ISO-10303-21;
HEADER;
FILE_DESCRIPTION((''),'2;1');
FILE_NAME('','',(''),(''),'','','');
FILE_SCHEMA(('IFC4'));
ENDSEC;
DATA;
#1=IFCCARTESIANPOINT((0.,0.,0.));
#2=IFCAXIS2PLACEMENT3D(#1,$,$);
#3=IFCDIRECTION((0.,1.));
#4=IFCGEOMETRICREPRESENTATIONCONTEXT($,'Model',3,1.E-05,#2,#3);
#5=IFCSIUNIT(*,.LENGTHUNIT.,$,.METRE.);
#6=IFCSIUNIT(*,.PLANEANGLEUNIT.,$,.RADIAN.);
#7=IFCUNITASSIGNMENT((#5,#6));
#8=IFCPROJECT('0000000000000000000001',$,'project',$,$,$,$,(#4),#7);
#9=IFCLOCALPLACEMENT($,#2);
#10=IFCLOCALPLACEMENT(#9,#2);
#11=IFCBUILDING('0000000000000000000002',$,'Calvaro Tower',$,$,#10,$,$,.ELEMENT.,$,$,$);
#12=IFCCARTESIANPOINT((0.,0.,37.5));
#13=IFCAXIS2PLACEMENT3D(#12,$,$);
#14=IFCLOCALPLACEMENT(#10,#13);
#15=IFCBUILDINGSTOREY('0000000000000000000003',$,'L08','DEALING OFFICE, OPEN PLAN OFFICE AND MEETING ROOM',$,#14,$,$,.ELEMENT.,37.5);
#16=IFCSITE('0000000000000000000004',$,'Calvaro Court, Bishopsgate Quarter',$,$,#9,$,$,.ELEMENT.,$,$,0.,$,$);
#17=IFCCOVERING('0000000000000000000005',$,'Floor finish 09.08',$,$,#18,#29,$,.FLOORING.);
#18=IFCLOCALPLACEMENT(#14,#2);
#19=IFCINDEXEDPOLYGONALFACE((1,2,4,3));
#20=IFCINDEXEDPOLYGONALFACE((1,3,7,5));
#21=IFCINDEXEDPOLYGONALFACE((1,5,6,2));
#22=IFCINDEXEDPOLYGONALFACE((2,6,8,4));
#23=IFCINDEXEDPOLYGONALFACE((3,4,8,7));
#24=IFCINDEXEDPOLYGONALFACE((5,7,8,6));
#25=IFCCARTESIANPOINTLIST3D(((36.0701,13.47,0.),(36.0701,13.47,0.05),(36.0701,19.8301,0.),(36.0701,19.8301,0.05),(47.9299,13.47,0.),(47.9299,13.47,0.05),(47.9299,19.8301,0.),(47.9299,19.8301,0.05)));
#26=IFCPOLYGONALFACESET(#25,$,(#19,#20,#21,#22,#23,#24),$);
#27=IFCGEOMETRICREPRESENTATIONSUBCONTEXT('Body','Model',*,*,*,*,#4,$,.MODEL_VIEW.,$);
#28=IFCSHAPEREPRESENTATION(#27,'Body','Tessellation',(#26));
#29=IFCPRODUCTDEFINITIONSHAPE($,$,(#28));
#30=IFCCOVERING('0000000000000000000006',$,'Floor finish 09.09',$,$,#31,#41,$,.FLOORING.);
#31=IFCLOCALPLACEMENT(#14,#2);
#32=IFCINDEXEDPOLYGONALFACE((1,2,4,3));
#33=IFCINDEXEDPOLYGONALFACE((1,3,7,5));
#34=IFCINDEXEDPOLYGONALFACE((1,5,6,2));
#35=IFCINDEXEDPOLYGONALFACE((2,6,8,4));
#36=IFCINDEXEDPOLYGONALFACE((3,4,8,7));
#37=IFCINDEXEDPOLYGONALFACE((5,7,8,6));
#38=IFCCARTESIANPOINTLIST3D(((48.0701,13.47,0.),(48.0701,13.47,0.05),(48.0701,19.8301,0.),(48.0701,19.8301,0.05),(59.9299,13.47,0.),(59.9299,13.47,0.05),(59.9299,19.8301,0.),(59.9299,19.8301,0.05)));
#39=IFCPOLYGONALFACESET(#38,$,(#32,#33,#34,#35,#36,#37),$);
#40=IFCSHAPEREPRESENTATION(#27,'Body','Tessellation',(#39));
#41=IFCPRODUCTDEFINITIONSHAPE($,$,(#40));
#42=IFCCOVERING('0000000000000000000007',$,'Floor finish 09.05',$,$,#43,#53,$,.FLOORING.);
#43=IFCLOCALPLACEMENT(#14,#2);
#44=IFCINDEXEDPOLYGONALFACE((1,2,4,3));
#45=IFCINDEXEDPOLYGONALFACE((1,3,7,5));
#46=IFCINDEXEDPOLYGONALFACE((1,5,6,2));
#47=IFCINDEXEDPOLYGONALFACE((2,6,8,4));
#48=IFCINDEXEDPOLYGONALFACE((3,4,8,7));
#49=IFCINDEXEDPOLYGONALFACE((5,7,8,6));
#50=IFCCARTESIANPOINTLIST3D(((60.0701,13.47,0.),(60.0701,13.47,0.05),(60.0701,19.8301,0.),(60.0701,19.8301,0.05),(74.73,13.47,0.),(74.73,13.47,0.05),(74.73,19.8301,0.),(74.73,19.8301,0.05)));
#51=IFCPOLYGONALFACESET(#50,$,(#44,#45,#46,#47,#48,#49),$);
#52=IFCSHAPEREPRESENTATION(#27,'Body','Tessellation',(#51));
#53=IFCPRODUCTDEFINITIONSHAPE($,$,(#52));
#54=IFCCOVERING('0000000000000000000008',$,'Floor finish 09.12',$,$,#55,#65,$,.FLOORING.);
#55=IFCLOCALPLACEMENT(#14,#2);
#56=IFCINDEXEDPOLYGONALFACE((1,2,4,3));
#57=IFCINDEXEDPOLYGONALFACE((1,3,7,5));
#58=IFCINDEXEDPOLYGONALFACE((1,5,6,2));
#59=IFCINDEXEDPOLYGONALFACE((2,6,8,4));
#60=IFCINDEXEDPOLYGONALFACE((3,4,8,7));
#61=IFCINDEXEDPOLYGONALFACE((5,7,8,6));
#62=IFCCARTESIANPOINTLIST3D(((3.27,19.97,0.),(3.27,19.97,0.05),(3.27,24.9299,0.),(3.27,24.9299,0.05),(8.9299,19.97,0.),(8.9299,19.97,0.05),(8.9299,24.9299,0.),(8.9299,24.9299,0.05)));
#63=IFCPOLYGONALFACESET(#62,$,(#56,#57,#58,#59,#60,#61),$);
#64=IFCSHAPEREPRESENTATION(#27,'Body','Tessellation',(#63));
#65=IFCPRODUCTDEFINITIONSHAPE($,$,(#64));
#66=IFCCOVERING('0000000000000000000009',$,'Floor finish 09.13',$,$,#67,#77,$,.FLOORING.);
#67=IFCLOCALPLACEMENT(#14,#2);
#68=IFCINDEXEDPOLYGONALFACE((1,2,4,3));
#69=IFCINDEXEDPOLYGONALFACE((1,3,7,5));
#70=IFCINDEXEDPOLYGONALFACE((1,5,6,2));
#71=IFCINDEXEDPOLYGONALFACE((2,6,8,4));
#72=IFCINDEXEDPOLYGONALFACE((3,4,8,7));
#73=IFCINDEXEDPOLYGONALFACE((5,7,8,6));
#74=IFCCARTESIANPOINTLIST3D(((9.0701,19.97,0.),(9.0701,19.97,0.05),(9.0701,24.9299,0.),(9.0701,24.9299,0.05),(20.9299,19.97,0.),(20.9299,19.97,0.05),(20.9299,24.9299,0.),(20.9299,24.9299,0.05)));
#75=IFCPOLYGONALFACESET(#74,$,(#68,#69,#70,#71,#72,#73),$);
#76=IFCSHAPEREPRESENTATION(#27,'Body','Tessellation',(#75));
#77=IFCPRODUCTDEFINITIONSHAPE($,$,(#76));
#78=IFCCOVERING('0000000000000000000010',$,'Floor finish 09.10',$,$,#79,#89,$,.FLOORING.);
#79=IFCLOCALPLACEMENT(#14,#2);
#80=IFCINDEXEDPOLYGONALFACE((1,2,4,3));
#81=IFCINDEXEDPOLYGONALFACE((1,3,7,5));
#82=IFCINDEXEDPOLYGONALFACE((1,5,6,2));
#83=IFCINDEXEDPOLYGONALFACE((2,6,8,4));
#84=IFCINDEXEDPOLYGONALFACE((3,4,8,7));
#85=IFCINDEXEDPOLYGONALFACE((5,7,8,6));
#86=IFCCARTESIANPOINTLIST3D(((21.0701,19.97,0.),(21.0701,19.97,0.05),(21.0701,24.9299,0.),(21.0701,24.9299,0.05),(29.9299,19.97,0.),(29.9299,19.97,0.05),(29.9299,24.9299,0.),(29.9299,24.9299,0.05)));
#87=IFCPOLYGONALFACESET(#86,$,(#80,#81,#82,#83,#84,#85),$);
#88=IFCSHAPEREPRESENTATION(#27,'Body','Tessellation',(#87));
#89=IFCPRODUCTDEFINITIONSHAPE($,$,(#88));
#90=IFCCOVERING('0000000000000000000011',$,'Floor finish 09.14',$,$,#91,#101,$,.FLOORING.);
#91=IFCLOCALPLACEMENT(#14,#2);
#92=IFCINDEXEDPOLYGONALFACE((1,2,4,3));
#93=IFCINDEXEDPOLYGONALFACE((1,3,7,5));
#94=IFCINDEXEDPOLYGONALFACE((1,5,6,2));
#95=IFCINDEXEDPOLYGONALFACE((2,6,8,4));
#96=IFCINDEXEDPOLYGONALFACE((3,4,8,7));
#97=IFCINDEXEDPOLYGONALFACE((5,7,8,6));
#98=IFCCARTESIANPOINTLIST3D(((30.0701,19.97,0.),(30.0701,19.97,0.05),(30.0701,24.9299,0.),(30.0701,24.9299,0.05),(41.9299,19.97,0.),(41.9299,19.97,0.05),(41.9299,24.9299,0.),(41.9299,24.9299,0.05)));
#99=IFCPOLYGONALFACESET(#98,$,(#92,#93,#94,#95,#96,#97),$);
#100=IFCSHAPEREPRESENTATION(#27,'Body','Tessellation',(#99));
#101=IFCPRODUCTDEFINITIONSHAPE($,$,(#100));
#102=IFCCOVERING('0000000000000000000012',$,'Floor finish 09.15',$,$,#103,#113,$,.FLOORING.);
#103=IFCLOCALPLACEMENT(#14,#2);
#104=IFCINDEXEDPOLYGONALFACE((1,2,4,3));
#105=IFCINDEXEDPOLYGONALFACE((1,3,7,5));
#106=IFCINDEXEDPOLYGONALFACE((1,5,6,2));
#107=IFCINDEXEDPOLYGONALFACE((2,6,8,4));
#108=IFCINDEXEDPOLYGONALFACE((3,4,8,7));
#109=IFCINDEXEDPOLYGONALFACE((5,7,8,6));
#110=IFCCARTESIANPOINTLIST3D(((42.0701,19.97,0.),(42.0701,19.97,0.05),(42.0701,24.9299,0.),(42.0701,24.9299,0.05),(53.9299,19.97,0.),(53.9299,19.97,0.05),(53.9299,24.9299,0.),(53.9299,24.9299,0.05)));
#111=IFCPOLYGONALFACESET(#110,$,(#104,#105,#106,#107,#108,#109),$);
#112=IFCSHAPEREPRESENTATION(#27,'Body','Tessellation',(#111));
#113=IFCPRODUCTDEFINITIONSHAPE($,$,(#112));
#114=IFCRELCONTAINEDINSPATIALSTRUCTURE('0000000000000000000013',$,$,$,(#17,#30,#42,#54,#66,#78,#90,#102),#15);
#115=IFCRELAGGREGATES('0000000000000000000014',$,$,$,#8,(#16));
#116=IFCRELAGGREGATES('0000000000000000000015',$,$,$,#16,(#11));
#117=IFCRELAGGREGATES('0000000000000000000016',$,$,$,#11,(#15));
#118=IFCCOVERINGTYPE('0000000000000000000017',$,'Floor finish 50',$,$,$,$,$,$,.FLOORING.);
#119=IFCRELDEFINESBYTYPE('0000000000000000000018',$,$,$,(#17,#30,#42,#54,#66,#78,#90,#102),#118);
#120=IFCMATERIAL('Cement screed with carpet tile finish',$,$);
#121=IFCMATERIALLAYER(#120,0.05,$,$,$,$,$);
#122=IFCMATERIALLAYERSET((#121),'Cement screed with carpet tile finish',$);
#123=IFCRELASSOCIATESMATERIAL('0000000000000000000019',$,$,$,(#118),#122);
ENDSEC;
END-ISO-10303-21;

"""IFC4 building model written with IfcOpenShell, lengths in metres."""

from ifc_helpers import new_model, si_unit, direction, frame, origin, place, context, subcontext, project, spatial, polyline, outline, extrude, material, layer, layer_set, type_object, element, save


model = new_model("IFC4")

# Units and contexts
model_context = context("Model", 3, precision=1e-05, world=origin(), true_north=direction((0.0, 1.0)))
body_context = subcontext(model_context, "Body", "Model", "MODEL_VIEW")
ifc_project = project(units=[si_unit("LENGTHUNIT", "METRE"), si_unit("PLANEANGLEUNIT", "RADIAN")], contexts=[model_context])

# Site, building, storey
site_placement = place(None, origin())
site = spatial("IfcSite", under=ifc_project, at=site_placement, Name="Calvaro Court, Bishopsgate Quarter", CompositionType="ELEMENT", RefElevation=0.0)
building_placement = place(site_placement, origin())
building = spatial("IfcBuilding", under=site, at=building_placement, Name="Calvaro Tower", CompositionType="ELEMENT")
storey_placement = place(building_placement, frame((0.0, 0.0, 37.5)))
storey = spatial("IfcBuildingStorey", under=building, at=storey_placement, Name="L08", Description="DEALING OFFICE, OPEN PLAN OFFICE AND MEETING ROOM", CompositionType="ELEMENT", Elevation=37.5)

# Coverings
ifc_material_1 = material(Name="Cement screed with carpet tile finish")
ifc_layer_1 = layer(ifc_material_1, 0.05)
ifc_layer_set_1 = layer_set([ifc_layer_1], Name="Cement screed with carpet tile finish")
covering_type = type_object("IfcCoveringType", Name="Floor finish 50", PredefinedType="FLOORING", material=ifc_layer_set_1)
covering_1_placement = place(storey_placement, origin())
element("IfcCovering", 1, at=covering_1_placement, inside=storey, type_object=covering_type, Name="Floor finish 09.08", PredefinedType="FLOORING", context=body_context, shape_type="SweptSolid", body=[
    extrude(outline(polyline([(36.0701, 13.47), (36.0701, 19.8301), (47.9299, 19.8301), (47.9299, 13.47), (36.0701, 13.47)])), origin(), (0.0, 0.0, 1.0), 0.05),
])
covering_2_placement = place(storey_placement, origin())
element("IfcCovering", 2, at=covering_2_placement, inside=storey, type_object=covering_type, Name="Floor finish 09.09", PredefinedType="FLOORING", context=body_context, shape_type="SweptSolid", body=[
    extrude(outline(polyline([(48.0701, 13.47), (48.0701, 19.8301), (59.9299, 19.8301), (59.9299, 13.47), (48.0701, 13.47)])), origin(), (0.0, 0.0, 1.0), 0.05),
])
covering_3_placement = place(storey_placement, origin())
element("IfcCovering", 3, at=covering_3_placement, inside=storey, type_object=covering_type, Name="Floor finish 09.05", PredefinedType="FLOORING", context=body_context, shape_type="SweptSolid", body=[
    extrude(outline(polyline([(60.0701, 13.47), (60.0701, 19.8301), (74.73, 19.8301), (74.73, 13.47), (60.0701, 13.47)])), origin(), (0.0, 0.0, 1.0), 0.05),
])
covering_4_placement = place(storey_placement, origin())
element("IfcCovering", 4, at=covering_4_placement, inside=storey, type_object=covering_type, Name="Floor finish 09.12", PredefinedType="FLOORING", context=body_context, shape_type="SweptSolid", body=[
    extrude(outline(polyline([(3.27, 19.97), (3.27, 24.9299), (8.9299, 24.9299), (8.9299, 19.97), (3.27, 19.97)])), origin(), (0.0, 0.0, 1.0), 0.05),
])
covering_5_placement = place(storey_placement, origin())
element("IfcCovering", 5, at=covering_5_placement, inside=storey, type_object=covering_type, Name="Floor finish 09.13", PredefinedType="FLOORING", context=body_context, shape_type="SweptSolid", body=[
    extrude(outline(polyline([(9.0701, 19.97), (9.0701, 24.9299), (20.9299, 24.9299), (20.9299, 19.97), (9.0701, 19.97)])), origin(), (0.0, 0.0, 1.0), 0.05),
])
covering_6_placement = place(storey_placement, origin())
element("IfcCovering", 6, at=covering_6_placement, inside=storey, type_object=covering_type, Name="Floor finish 09.10", PredefinedType="FLOORING", context=body_context, shape_type="SweptSolid", body=[
    extrude(outline(polyline([(21.0701, 19.97), (21.0701, 24.9299), (29.9299, 24.9299), (29.9299, 19.97), (21.0701, 19.97)])), origin(), (0.0, 0.0, 1.0), 0.05),
])
covering_7_placement = place(storey_placement, origin())
element("IfcCovering", 7, at=covering_7_placement, inside=storey, type_object=covering_type, Name="Floor finish 09.14", PredefinedType="FLOORING", context=body_context, shape_type="SweptSolid", body=[
    extrude(outline(polyline([(30.0701, 19.97), (30.0701, 24.9299), (41.9299, 24.9299), (41.9299, 19.97), (30.0701, 19.97)])), origin(), (0.0, 0.0, 1.0), 0.05),
])
covering_8_placement = place(storey_placement, origin())
element("IfcCovering", 8, at=covering_8_placement, inside=storey, type_object=covering_type, Name="Floor finish 09.15", PredefinedType="FLOORING", context=body_context, shape_type="SweptSolid", body=[
    extrude(outline(polyline([(42.0701, 19.97), (42.0701, 24.9299), (53.9299, 24.9299), (53.9299, 19.97), (42.0701, 19.97)])), origin(), (0.0, 0.0, 1.0), 0.05),
])

save(model, "model.ifc")
